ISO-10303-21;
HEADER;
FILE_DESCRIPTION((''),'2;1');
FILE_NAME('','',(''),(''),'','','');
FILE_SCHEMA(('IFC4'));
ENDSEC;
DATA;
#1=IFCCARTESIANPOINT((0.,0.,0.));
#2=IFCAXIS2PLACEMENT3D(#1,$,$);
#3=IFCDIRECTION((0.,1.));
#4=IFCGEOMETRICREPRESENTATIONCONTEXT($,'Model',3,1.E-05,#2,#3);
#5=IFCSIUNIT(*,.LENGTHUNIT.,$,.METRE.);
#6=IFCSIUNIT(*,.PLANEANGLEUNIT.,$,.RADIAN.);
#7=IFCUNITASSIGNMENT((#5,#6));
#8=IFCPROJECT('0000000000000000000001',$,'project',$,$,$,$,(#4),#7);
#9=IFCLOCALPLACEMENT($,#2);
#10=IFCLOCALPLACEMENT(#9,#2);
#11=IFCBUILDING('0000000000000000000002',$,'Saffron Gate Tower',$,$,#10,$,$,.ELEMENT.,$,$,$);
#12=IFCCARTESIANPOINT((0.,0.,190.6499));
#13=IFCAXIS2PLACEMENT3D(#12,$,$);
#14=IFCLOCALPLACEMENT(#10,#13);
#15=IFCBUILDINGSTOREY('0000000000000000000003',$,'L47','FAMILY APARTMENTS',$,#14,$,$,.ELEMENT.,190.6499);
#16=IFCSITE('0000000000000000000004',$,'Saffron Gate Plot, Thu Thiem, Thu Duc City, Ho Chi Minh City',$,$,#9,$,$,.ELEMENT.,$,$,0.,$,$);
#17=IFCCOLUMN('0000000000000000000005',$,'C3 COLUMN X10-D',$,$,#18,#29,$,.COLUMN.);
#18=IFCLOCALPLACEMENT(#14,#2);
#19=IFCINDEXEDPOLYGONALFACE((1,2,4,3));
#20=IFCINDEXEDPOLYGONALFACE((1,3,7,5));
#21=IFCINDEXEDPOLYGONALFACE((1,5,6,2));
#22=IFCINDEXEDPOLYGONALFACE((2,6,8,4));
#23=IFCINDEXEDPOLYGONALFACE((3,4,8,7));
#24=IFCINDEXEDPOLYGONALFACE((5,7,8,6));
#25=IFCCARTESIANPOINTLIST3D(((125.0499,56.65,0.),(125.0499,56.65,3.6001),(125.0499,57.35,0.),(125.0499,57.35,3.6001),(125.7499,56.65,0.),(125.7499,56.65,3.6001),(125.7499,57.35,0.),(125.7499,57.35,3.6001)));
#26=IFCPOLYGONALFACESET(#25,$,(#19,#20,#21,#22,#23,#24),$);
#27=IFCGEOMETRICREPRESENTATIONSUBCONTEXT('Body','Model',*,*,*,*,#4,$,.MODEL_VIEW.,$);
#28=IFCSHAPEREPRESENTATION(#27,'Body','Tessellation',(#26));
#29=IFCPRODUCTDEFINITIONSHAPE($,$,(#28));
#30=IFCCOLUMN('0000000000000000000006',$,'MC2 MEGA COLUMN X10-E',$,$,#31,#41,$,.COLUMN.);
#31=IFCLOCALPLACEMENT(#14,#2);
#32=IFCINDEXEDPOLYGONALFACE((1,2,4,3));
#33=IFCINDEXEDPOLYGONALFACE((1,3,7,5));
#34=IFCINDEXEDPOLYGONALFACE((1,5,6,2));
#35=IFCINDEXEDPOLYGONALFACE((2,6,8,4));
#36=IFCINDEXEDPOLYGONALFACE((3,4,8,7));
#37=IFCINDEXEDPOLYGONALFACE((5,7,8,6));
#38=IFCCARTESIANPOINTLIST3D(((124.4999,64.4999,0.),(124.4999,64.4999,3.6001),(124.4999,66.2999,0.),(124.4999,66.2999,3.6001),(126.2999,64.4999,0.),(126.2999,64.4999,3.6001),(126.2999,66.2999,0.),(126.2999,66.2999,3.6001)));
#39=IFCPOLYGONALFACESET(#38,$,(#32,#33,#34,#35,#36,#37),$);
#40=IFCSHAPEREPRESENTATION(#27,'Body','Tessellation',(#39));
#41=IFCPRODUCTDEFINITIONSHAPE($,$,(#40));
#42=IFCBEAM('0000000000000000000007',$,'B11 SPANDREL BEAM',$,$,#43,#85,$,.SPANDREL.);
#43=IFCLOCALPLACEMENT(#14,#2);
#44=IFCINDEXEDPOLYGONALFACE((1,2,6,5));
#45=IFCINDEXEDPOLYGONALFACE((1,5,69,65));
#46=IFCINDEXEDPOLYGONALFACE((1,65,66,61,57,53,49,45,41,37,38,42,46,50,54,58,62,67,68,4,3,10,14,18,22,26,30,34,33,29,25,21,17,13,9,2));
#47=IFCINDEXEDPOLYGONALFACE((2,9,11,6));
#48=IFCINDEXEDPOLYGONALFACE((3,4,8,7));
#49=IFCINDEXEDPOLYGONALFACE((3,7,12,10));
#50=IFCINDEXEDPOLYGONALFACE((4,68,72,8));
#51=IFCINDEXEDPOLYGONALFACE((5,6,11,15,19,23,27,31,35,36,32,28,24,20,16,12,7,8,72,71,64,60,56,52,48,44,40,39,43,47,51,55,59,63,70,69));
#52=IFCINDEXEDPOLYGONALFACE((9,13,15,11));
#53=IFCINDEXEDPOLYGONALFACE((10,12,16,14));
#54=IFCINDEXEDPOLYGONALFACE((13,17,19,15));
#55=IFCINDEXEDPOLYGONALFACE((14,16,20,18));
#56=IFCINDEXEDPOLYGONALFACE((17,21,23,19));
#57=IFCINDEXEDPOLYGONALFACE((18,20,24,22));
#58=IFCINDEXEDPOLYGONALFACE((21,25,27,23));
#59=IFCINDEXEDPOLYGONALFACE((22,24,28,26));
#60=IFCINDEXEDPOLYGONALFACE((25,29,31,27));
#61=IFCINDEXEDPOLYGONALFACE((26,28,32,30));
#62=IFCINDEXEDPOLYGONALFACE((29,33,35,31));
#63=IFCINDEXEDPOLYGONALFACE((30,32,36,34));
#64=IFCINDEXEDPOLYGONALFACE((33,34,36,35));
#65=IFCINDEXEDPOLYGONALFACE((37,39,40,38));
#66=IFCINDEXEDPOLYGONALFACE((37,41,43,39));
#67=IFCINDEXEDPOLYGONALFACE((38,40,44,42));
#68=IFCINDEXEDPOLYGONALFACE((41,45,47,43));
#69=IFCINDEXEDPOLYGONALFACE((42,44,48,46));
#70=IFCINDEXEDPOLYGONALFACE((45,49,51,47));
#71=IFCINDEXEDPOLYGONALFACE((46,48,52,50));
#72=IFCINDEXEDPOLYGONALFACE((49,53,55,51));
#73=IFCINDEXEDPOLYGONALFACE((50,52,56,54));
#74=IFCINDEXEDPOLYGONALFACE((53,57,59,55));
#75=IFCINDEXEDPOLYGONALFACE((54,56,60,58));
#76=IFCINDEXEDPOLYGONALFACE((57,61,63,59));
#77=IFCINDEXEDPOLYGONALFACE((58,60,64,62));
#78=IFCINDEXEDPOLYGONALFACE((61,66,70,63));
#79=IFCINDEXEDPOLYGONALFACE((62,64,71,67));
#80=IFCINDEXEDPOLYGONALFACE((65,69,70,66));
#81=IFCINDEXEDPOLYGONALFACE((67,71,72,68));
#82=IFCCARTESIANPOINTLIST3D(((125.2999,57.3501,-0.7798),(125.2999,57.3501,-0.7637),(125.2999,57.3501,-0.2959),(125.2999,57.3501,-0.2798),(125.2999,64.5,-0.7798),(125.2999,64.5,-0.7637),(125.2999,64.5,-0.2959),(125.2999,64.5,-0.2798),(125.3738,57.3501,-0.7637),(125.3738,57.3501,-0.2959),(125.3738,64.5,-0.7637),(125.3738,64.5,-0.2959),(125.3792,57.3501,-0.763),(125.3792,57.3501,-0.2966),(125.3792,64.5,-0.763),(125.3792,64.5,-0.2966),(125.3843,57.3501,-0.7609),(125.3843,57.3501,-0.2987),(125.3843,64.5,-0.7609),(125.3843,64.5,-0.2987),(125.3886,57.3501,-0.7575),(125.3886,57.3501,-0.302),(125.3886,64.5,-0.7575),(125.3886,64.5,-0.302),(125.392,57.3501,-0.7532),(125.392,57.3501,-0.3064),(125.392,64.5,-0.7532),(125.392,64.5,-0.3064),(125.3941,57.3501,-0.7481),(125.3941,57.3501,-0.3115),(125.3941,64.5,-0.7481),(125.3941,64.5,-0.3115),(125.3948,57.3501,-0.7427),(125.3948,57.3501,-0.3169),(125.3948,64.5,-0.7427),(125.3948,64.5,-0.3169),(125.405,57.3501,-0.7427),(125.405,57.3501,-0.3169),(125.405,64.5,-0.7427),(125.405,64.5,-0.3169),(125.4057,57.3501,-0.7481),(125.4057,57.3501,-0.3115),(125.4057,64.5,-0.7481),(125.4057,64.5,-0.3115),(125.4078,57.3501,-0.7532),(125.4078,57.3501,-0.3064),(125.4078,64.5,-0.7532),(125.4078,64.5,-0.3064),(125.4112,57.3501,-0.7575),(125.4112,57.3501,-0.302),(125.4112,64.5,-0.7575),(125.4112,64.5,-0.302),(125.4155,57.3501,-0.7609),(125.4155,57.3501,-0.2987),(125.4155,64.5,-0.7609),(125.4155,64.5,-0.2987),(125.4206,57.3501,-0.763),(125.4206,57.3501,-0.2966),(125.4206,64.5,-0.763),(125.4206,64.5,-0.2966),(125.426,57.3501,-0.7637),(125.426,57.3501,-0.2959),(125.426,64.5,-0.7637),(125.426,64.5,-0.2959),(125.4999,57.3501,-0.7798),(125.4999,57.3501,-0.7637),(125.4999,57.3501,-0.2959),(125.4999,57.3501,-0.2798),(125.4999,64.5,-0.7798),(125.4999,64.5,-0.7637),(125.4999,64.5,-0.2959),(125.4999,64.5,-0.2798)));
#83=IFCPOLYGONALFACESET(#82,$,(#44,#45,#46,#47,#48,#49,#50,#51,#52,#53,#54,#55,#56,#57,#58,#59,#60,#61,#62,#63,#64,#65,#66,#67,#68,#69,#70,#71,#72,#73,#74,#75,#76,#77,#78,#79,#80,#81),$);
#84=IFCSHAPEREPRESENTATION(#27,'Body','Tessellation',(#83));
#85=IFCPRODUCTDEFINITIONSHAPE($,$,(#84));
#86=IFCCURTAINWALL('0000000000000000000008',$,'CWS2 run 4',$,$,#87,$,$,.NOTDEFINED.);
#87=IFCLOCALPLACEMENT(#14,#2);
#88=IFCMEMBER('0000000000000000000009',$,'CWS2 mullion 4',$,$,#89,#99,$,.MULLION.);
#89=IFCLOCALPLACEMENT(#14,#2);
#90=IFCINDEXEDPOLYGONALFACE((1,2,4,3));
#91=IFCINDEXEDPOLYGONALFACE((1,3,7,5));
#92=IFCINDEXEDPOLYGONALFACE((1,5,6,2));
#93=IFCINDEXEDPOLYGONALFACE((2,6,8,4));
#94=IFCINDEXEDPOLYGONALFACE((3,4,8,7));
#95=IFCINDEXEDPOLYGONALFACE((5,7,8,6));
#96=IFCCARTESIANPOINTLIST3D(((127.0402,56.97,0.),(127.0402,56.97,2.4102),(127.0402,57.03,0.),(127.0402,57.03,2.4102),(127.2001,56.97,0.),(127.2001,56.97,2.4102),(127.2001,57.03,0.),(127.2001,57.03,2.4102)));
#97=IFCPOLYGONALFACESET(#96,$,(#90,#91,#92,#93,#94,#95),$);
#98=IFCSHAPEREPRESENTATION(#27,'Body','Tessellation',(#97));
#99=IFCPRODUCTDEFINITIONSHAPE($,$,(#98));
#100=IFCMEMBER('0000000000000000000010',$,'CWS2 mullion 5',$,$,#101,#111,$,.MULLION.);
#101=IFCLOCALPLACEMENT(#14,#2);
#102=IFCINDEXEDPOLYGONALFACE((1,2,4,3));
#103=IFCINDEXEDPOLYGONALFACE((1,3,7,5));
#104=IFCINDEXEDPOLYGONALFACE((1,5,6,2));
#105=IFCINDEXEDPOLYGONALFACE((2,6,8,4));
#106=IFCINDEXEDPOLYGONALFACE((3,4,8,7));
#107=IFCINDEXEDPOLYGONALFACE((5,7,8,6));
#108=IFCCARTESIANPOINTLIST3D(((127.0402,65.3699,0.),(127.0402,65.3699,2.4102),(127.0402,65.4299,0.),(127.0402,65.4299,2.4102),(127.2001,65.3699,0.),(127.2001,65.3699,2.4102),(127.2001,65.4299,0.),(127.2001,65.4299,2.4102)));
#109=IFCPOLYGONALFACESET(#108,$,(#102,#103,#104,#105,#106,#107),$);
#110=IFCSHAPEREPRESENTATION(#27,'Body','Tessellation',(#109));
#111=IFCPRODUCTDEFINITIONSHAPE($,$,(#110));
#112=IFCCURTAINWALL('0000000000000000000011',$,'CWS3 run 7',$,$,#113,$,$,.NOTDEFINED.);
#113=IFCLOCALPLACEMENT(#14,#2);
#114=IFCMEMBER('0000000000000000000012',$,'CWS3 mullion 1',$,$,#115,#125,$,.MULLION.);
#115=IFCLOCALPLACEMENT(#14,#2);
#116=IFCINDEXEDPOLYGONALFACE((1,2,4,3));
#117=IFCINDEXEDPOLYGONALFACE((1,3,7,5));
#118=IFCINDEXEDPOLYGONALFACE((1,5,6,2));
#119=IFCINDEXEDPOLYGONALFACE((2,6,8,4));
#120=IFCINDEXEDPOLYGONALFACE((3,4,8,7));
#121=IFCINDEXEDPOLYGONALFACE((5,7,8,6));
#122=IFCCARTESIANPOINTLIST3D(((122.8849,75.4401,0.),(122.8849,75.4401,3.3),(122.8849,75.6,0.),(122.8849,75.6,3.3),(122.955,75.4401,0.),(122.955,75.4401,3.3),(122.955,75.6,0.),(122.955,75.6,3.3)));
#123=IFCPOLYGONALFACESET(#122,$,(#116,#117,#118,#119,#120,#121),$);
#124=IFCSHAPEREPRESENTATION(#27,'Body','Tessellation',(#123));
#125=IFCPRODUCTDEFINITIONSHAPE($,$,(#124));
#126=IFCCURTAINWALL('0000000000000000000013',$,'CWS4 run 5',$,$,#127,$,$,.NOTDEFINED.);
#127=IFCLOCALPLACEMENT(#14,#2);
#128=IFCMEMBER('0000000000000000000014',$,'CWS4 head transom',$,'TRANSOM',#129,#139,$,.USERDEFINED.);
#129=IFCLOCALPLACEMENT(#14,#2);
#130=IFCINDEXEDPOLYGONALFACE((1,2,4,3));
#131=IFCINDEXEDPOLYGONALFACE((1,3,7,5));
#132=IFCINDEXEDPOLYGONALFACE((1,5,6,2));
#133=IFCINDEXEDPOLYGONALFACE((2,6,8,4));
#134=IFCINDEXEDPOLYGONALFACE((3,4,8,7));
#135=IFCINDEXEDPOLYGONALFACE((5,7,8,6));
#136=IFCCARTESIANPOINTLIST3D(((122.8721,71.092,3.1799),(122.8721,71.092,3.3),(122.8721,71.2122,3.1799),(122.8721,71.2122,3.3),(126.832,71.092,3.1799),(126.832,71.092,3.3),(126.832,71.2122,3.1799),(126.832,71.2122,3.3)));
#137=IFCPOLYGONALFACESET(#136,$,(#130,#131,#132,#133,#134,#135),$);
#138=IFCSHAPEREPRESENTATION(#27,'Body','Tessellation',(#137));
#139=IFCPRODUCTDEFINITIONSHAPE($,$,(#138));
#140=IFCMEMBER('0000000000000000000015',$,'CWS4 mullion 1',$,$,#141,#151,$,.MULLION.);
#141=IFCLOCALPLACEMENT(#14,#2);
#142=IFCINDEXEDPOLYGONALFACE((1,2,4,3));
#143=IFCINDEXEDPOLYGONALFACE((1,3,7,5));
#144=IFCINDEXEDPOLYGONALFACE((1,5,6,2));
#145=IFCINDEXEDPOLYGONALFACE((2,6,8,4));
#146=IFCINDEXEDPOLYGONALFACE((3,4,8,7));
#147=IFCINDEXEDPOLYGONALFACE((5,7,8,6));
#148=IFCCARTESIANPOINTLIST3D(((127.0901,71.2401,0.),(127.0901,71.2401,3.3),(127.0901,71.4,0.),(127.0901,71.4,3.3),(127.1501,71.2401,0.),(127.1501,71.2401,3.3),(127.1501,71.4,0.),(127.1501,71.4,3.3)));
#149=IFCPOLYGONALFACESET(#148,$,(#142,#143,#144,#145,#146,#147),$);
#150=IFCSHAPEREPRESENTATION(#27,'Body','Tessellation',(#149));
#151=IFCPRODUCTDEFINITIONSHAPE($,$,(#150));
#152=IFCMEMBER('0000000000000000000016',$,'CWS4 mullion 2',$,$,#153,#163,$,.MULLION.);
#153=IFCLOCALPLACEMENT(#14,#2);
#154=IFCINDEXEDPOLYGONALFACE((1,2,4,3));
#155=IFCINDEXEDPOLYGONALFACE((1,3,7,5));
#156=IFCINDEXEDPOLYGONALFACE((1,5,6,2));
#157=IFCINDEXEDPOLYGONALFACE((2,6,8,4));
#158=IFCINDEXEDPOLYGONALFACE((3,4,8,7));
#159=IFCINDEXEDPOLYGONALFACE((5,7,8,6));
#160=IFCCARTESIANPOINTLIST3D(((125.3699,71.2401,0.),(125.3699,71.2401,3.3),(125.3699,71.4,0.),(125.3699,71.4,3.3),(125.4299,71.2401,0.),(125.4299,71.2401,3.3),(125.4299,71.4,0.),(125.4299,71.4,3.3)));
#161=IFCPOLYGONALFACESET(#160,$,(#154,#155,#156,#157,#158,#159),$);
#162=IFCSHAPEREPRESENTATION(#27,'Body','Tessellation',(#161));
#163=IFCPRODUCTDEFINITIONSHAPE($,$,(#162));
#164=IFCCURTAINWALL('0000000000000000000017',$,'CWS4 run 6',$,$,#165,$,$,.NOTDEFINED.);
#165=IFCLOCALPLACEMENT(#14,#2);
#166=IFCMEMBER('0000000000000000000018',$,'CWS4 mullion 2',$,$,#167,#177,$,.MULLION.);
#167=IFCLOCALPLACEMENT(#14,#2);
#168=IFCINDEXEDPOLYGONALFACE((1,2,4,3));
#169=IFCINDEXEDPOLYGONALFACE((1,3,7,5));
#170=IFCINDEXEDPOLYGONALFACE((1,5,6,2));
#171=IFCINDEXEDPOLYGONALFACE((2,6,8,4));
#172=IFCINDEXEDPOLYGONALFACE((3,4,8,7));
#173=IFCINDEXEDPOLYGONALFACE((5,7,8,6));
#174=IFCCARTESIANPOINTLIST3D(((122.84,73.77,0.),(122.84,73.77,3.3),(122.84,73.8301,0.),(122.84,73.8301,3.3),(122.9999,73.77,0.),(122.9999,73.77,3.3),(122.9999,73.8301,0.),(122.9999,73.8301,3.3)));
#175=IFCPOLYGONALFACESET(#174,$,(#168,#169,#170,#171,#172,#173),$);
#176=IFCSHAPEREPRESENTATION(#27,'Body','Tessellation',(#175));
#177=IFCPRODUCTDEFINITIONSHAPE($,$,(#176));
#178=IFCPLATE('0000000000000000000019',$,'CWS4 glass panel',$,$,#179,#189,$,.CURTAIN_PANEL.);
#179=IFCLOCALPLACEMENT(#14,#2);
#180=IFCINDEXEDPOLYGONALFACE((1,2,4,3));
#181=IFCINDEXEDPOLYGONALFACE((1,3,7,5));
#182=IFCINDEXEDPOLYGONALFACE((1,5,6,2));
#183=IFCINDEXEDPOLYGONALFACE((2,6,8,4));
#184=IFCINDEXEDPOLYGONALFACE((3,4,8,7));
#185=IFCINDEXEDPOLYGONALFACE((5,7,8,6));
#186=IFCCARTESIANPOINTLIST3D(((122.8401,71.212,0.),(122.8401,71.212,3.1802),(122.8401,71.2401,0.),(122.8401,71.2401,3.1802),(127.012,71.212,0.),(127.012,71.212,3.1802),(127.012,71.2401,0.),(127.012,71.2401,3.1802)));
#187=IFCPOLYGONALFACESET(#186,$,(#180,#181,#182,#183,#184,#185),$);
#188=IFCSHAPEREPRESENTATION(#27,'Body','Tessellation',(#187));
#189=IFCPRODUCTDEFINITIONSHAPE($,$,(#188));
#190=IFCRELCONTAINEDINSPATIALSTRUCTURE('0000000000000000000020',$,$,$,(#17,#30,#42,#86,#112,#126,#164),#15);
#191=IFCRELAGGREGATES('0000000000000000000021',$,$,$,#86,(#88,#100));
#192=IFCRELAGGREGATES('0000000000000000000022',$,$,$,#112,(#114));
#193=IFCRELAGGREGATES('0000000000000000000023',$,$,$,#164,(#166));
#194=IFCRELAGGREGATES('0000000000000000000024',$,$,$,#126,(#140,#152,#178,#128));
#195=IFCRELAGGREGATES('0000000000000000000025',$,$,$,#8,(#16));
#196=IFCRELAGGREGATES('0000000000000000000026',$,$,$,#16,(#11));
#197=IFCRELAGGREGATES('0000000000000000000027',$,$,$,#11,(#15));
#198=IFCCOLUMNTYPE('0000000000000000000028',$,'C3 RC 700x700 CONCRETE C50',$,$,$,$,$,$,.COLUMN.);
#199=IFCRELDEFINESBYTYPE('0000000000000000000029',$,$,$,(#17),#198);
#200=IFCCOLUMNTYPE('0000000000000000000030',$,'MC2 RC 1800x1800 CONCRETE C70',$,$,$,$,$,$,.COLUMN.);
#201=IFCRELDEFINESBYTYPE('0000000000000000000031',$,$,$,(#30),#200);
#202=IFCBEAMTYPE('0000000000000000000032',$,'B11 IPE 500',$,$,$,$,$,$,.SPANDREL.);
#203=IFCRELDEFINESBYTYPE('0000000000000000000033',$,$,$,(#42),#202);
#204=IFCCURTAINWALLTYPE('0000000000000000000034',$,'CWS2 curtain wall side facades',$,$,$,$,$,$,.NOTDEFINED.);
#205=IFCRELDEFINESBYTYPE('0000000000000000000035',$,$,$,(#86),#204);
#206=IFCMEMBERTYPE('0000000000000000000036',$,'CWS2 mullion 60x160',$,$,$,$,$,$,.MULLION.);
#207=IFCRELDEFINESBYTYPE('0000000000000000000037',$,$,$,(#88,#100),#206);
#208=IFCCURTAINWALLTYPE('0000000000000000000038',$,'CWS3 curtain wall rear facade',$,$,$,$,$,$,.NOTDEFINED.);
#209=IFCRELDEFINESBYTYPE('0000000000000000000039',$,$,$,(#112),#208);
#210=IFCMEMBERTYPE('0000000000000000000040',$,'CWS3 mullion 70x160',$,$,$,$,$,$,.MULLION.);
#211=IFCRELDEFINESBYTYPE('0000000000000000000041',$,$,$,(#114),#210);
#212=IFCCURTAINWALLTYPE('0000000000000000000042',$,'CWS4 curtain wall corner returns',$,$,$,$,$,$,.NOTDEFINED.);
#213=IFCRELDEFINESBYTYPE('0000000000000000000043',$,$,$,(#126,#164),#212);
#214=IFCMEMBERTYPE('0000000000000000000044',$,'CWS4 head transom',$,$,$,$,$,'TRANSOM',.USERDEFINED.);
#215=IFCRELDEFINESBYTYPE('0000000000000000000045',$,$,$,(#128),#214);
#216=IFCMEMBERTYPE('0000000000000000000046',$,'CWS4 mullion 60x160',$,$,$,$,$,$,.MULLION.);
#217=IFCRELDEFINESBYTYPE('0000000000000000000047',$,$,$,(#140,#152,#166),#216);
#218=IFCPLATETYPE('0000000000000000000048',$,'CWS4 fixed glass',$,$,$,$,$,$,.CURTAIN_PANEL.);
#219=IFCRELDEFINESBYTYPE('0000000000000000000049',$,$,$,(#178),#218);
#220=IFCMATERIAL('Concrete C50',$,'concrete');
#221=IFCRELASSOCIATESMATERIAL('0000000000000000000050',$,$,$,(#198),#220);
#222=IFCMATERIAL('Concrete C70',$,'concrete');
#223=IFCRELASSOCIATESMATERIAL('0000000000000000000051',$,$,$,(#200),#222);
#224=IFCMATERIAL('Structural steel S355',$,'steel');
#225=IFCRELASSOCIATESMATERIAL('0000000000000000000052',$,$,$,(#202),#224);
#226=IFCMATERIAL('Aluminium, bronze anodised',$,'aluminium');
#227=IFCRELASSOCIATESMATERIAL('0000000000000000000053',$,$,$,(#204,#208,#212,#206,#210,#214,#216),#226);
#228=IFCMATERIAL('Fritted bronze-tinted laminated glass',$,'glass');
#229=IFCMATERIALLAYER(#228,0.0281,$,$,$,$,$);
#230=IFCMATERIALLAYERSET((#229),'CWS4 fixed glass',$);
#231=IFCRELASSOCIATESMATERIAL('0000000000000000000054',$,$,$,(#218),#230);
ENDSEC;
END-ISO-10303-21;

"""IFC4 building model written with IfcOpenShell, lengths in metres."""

from ifc_helpers import new_model, si_unit, direction, frame, frame_2d, origin, origin_2d, place, context, subcontext, project, spatial, rectangle, i_section, extrude, material, layer, layer_set, material_profile, profile_set, type_object, element, aggregate, save


model = new_model("IFC4")

# Units and contexts
model_context = context("Model", 3, precision=1e-05, world=origin(), true_north=direction((0.0, 1.0)))
body_context = subcontext(model_context, "Body", "Model", "MODEL_VIEW")
ifc_project = project(units=[si_unit("LENGTHUNIT", "METRE"), si_unit("PLANEANGLEUNIT", "RADIAN")], contexts=[model_context])

# Site, building, storey
site_placement = place(None, origin())
site = spatial("IfcSite", under=ifc_project, at=site_placement, Name="Saffron Gate Plot, Thu Thiem, Thu Duc City, Ho Chi Minh City", CompositionType="ELEMENT", RefElevation=0.0)
building_placement = place(site_placement, origin())
building = spatial("IfcBuilding", under=site, at=building_placement, Name="Saffron Gate Tower", CompositionType="ELEMENT")
storey_placement = place(building_placement, frame((0.0, 0.0, 190.6499)))
storey = spatial("IfcBuildingStorey", under=building, at=storey_placement, Name="L47", Description="FAMILY APARTMENTS", CompositionType="ELEMENT", Elevation=190.6499)

# Columns
ifc_material_1 = material(Name="Concrete C50", Category="concrete")
ifc_material_profile_1 = material_profile(ifc_material_1, rectangle(XDim=0.7, YDim=0.7, at=origin_2d()))
ifc_profile_set_1 = profile_set([ifc_material_profile_1], Name="Concrete C50")
column_type_1 = type_object("IfcColumnType", Name="C3 RC 700x700 CONCRETE C50", PredefinedType="COLUMN", material=ifc_profile_set_1)
column_1_placement = place(storey_placement, frame((125.3999, 57.0, 0.0), z_axis=(0.0, 0.0, 1.0), x_axis=(1.0, 0.0, 0.0)))
element("IfcColumn", 1, at=column_1_placement, inside=storey, type_object=column_type_1, Name="C3 COLUMN X10-D", PredefinedType="COLUMN", context=body_context, shape_type="SweptSolid", body=[
    extrude(rectangle(XDim=0.7, YDim=0.7, at=origin_2d()), origin(), (0.0, 0.0, 1.0), 3.6001),
])
ifc_material_2 = material(Name="Concrete C70", Category="concrete")
ifc_material_profile_2 = material_profile(ifc_material_2, rectangle(XDim=1.8, YDim=1.8, at=origin_2d()))
ifc_profile_set_2 = profile_set([ifc_material_profile_2], Name="Concrete C70")
column_type_2 = type_object("IfcColumnType", Name="MC2 RC 1800x1800 CONCRETE C70", PredefinedType="COLUMN", material=ifc_profile_set_2)
column_2_placement = place(storey_placement, frame((125.3999, 65.3999, 0.0), z_axis=(0.0, 0.0, 1.0), x_axis=(1.0, 0.0, 0.0)))
element("IfcColumn", 2, at=column_2_placement, inside=storey, type_object=column_type_2, Name="MC2 MEGA COLUMN X10-E", PredefinedType="COLUMN", context=body_context, shape_type="SweptSolid", body=[
    extrude(rectangle(XDim=1.8, YDim=1.8, at=origin_2d()), origin(), (0.0, 0.0, 1.0), 3.6001),
])

# Beam
ifc_material_3 = material(Name="Structural steel S355", Category="steel")
ifc_material_profile_3 = material_profile(ifc_material_3, i_section(OverallWidth=0.2, OverallDepth=0.5, WebThickness=0.0103, FlangeThickness=0.0161, FilletRadius=0.021, at=origin_2d()))
ifc_profile_set_3 = profile_set([ifc_material_profile_3], Name="Structural steel S355")
beam_type = type_object("IfcBeamType", Name="B11 IPE 500", PredefinedType="SPANDREL", material=ifc_profile_set_3)
beam_placement = place(storey_placement, frame((125.3999, 57.3501, -0.5298), z_axis=(0.0, 1.0, 0.0), x_axis=(-1.0, 0.0, 0.0)))
element("IfcBeam", 3, at=beam_placement, inside=storey, type_object=beam_type, Name="B11 SPANDREL BEAM", PredefinedType="SPANDREL", context=body_context, shape_type="SweptSolid", body=[
    extrude(i_section(OverallWidth=0.2, OverallDepth=0.5, WebThickness=0.0103, FlangeThickness=0.0161, FilletRadius=0.021, at=origin_2d()), origin(), (0.0, 0.0, 1.0), 7.1499),
])

# Curtain wall, members
ifc_material_4 = material(Name="Aluminium, bronze anodised", Category="aluminium")
curtain_wall_type_1 = type_object("IfcCurtainWallType", Name="CWS2 curtain wall side facades", PredefinedType="NOTDEFINED", material=ifc_material_4)
curtain_wall_1_placement = place(storey_placement, origin())
curtain_wall_1 = element("IfcCurtainWall", 4, at=curtain_wall_1_placement, inside=storey, type_object=curtain_wall_type_1, Name="CWS2 run 4", PredefinedType="NOTDEFINED")
ifc_material_profile_4 = material_profile(ifc_material_4, rectangle(XDim=0.1599, YDim=0.0601, at=origin_2d()))
ifc_profile_set_4 = profile_set([ifc_material_profile_4], Name="Aluminium, bronze anodised")
member_type_1 = type_object("IfcMemberType", Name="CWS2 mullion 60x160", PredefinedType="MULLION", material=ifc_profile_set_4)
member_1_placement = place(storey_placement, frame((127.1201, 57.0, 0.0), z_axis=(0.0, 0.0, 1.0), x_axis=(-1.0, 0.0, 0.0)))
member_1 = element("IfcMember", 5, at=member_1_placement, type_object=member_type_1, Name="CWS2 mullion 4", PredefinedType="MULLION", context=body_context, shape_type="SweptSolid", body=[
    extrude(rectangle(XDim=0.1599, YDim=0.0601, at=origin_2d()), origin(), (0.0, 0.0, 1.0), 2.4102),
])
member_2_placement = place(storey_placement, frame((127.1201, 65.3999, 0.0), z_axis=(0.0, 0.0, 1.0), x_axis=(-1.0, 0.0, 0.0)))
member_2 = element("IfcMember", 6, at=member_2_placement, type_object=member_type_1, Name="CWS2 mullion 5", PredefinedType="MULLION", context=body_context, shape_type="SweptSolid", body=[
    extrude(rectangle(XDim=0.1599, YDim=0.0601, at=origin_2d()), origin(), (0.0, 0.0, 1.0), 2.4102),
])
aggregate(curtain_wall_1, [member_1, member_2])

# Curtain wall, member
curtain_wall_type_2 = type_object("IfcCurtainWallType", Name="CWS3 curtain wall rear facade", PredefinedType="NOTDEFINED", material=ifc_material_4)
curtain_wall_2_placement = place(storey_placement, origin())
curtain_wall_2 = element("IfcCurtainWall", 7, at=curtain_wall_2_placement, inside=storey, type_object=curtain_wall_type_2, Name="CWS3 run 7", PredefinedType="NOTDEFINED")
ifc_material_profile_5 = material_profile(ifc_material_4, rectangle(XDim=0.1599, YDim=0.0701, at=origin_2d()))
ifc_profile_set_5 = profile_set([ifc_material_profile_5], Name="Aluminium, bronze anodised")
member_type_2 = type_object("IfcMemberType", Name="CWS3 mullion 70x160", PredefinedType="MULLION", material=ifc_profile_set_5)
member_3_placement = place(storey_placement, frame((122.9199, 75.52, 0.0), z_axis=(0.0, 0.0, 1.0), x_axis=(0.0, -1.0, 0.0)))
member_3 = element("IfcMember", 8, at=member_3_placement, type_object=member_type_2, Name="CWS3 mullion 1", PredefinedType="MULLION", context=body_context, shape_type="SweptSolid", body=[
    extrude(rectangle(XDim=0.1599, YDim=0.0701, at=origin_2d()), origin(), (0.0, 0.0, 1.0), 3.3),
])
aggregate(curtain_wall_2, [member_3])

# Curtain wall, members
curtain_wall_type_3 = type_object("IfcCurtainWallType", Name="CWS4 curtain wall corner returns", PredefinedType="NOTDEFINED", material=ifc_material_4)
curtain_wall_3_placement = place(storey_placement, origin())
curtain_wall_3 = element("IfcCurtainWall", 9, at=curtain_wall_3_placement, inside=storey, type_object=curtain_wall_type_3, Name="CWS4 run 5", PredefinedType="NOTDEFINED")
ifc_material_profile_6 = material_profile(ifc_material_4, rectangle(XDim=0.1201, YDim=0.1201, at=origin_2d()))
ifc_profile_set_6 = profile_set([ifc_material_profile_6], Name="Aluminium, bronze anodised")
member_type_3 = type_object("IfcMemberType", Name="CWS4 head transom", ElementType="TRANSOM", PredefinedType="USERDEFINED", material=ifc_profile_set_6)
member_4_placement = place(storey_placement, frame((126.832, 71.1521, 3.24), z_axis=(-1.0, 0.0, 0.0), x_axis=(0.0, -1.0, 0.0)))
member_4 = element("IfcMember", 10, at=member_4_placement, type_object=member_type_3, Name="CWS4 head transom", ObjectType="TRANSOM", PredefinedType="USERDEFINED", context=body_context, shape_type="SweptSolid", body=[
    extrude(rectangle(XDim=0.1201, YDim=0.1201, at=origin_2d()), origin(), (0.0, 0.0, 1.0), 3.96),
])
ifc_material_profile_7 = material_profile(ifc_material_4, rectangle(XDim=0.1599, YDim=0.0601, at=origin_2d()))
ifc_profile_set_7 = profile_set([ifc_material_profile_7], Name="Aluminium, bronze anodised")
member_type_4 = type_object("IfcMemberType", Name="CWS4 mullion 60x160", PredefinedType="MULLION", material=ifc_profile_set_7)
member_5_placement = place(storey_placement, frame((127.1201, 71.3201, 0.0), z_axis=(0.0, 0.0, 1.0), x_axis=(0.0, -1.0, 0.0)))
member_5 = element("IfcMember", 11, at=member_5_placement, type_object=member_type_4, Name="CWS4 mullion 1", PredefinedType="MULLION", context=body_context, shape_type="SweptSolid", body=[
    extrude(rectangle(XDim=0.1599, YDim=0.0601, at=origin_2d()), origin(), (0.0, 0.0, 1.0), 3.3),
])
member_6_placement = place(storey_placement, frame((125.3999, 71.3201, 0.0), z_axis=(0.0, 0.0, 1.0), x_axis=(0.0, -1.0, 0.0)))
member_6 = element("IfcMember", 12, at=member_6_placement, type_object=member_type_4, Name="CWS4 mullion 2", PredefinedType="MULLION", context=body_context, shape_type="SweptSolid", body=[
    extrude(rectangle(XDim=0.1599, YDim=0.0601, at=origin_2d()), origin(), (0.0, 0.0, 1.0), 3.3),
])

# Curtain wall, member
curtain_wall_4_placement = place(storey_placement, origin())
curtain_wall_4 = element("IfcCurtainWall", 13, at=curtain_wall_4_placement, inside=storey, type_object=curtain_wall_type_3, Name="CWS4 run 6", PredefinedType="NOTDEFINED")
member_7_placement = place(storey_placement, frame((122.9199, 73.8, 0.0), z_axis=(0.0, 0.0, 1.0), x_axis=(-1.0, 0.0, 0.0)))
member_7 = element("IfcMember", 14, at=member_7_placement, type_object=member_type_4, Name="CWS4 mullion 2", PredefinedType="MULLION", context=body_context, shape_type="SweptSolid", body=[
    extrude(rectangle(XDim=0.1599, YDim=0.0601, at=origin_2d()), origin(), (0.0, 0.0, 1.0), 3.3),
])
aggregate(curtain_wall_4, [member_7])

# Plate
ifc_material_5 = material(Name="Fritted bronze-tinted laminated glass", Category="glass")
ifc_layer_1 = layer(ifc_material_5, 0.0281)
ifc_layer_set_1 = layer_set([ifc_layer_1], Name="CWS4 fixed glass")
plate_type = type_object("IfcPlateType", Name="CWS4 fixed glass", PredefinedType="CURTAIN_PANEL", material=ifc_layer_set_1)
plate_placement = place(storey_placement, frame((127.012, 71.2261, 0.0), z_axis=(0.0, 0.0, 1.0), x_axis=(-1.0, 0.0, 0.0)))
plate = element("IfcPlate", 15, at=plate_placement, type_object=plate_type, Name="CWS4 glass panel", PredefinedType="CURTAIN_PANEL", context=body_context, shape_type="SweptSolid", body=[
    extrude(rectangle(XDim=4.1719, YDim=0.0281, at=frame_2d((2.0859, 0.0))), origin(), (0.0, 0.0, 1.0), 3.1802),
])
aggregate(curtain_wall_3, [member_5, member_6, plate, member_4])

save(model, "model.ifc")
